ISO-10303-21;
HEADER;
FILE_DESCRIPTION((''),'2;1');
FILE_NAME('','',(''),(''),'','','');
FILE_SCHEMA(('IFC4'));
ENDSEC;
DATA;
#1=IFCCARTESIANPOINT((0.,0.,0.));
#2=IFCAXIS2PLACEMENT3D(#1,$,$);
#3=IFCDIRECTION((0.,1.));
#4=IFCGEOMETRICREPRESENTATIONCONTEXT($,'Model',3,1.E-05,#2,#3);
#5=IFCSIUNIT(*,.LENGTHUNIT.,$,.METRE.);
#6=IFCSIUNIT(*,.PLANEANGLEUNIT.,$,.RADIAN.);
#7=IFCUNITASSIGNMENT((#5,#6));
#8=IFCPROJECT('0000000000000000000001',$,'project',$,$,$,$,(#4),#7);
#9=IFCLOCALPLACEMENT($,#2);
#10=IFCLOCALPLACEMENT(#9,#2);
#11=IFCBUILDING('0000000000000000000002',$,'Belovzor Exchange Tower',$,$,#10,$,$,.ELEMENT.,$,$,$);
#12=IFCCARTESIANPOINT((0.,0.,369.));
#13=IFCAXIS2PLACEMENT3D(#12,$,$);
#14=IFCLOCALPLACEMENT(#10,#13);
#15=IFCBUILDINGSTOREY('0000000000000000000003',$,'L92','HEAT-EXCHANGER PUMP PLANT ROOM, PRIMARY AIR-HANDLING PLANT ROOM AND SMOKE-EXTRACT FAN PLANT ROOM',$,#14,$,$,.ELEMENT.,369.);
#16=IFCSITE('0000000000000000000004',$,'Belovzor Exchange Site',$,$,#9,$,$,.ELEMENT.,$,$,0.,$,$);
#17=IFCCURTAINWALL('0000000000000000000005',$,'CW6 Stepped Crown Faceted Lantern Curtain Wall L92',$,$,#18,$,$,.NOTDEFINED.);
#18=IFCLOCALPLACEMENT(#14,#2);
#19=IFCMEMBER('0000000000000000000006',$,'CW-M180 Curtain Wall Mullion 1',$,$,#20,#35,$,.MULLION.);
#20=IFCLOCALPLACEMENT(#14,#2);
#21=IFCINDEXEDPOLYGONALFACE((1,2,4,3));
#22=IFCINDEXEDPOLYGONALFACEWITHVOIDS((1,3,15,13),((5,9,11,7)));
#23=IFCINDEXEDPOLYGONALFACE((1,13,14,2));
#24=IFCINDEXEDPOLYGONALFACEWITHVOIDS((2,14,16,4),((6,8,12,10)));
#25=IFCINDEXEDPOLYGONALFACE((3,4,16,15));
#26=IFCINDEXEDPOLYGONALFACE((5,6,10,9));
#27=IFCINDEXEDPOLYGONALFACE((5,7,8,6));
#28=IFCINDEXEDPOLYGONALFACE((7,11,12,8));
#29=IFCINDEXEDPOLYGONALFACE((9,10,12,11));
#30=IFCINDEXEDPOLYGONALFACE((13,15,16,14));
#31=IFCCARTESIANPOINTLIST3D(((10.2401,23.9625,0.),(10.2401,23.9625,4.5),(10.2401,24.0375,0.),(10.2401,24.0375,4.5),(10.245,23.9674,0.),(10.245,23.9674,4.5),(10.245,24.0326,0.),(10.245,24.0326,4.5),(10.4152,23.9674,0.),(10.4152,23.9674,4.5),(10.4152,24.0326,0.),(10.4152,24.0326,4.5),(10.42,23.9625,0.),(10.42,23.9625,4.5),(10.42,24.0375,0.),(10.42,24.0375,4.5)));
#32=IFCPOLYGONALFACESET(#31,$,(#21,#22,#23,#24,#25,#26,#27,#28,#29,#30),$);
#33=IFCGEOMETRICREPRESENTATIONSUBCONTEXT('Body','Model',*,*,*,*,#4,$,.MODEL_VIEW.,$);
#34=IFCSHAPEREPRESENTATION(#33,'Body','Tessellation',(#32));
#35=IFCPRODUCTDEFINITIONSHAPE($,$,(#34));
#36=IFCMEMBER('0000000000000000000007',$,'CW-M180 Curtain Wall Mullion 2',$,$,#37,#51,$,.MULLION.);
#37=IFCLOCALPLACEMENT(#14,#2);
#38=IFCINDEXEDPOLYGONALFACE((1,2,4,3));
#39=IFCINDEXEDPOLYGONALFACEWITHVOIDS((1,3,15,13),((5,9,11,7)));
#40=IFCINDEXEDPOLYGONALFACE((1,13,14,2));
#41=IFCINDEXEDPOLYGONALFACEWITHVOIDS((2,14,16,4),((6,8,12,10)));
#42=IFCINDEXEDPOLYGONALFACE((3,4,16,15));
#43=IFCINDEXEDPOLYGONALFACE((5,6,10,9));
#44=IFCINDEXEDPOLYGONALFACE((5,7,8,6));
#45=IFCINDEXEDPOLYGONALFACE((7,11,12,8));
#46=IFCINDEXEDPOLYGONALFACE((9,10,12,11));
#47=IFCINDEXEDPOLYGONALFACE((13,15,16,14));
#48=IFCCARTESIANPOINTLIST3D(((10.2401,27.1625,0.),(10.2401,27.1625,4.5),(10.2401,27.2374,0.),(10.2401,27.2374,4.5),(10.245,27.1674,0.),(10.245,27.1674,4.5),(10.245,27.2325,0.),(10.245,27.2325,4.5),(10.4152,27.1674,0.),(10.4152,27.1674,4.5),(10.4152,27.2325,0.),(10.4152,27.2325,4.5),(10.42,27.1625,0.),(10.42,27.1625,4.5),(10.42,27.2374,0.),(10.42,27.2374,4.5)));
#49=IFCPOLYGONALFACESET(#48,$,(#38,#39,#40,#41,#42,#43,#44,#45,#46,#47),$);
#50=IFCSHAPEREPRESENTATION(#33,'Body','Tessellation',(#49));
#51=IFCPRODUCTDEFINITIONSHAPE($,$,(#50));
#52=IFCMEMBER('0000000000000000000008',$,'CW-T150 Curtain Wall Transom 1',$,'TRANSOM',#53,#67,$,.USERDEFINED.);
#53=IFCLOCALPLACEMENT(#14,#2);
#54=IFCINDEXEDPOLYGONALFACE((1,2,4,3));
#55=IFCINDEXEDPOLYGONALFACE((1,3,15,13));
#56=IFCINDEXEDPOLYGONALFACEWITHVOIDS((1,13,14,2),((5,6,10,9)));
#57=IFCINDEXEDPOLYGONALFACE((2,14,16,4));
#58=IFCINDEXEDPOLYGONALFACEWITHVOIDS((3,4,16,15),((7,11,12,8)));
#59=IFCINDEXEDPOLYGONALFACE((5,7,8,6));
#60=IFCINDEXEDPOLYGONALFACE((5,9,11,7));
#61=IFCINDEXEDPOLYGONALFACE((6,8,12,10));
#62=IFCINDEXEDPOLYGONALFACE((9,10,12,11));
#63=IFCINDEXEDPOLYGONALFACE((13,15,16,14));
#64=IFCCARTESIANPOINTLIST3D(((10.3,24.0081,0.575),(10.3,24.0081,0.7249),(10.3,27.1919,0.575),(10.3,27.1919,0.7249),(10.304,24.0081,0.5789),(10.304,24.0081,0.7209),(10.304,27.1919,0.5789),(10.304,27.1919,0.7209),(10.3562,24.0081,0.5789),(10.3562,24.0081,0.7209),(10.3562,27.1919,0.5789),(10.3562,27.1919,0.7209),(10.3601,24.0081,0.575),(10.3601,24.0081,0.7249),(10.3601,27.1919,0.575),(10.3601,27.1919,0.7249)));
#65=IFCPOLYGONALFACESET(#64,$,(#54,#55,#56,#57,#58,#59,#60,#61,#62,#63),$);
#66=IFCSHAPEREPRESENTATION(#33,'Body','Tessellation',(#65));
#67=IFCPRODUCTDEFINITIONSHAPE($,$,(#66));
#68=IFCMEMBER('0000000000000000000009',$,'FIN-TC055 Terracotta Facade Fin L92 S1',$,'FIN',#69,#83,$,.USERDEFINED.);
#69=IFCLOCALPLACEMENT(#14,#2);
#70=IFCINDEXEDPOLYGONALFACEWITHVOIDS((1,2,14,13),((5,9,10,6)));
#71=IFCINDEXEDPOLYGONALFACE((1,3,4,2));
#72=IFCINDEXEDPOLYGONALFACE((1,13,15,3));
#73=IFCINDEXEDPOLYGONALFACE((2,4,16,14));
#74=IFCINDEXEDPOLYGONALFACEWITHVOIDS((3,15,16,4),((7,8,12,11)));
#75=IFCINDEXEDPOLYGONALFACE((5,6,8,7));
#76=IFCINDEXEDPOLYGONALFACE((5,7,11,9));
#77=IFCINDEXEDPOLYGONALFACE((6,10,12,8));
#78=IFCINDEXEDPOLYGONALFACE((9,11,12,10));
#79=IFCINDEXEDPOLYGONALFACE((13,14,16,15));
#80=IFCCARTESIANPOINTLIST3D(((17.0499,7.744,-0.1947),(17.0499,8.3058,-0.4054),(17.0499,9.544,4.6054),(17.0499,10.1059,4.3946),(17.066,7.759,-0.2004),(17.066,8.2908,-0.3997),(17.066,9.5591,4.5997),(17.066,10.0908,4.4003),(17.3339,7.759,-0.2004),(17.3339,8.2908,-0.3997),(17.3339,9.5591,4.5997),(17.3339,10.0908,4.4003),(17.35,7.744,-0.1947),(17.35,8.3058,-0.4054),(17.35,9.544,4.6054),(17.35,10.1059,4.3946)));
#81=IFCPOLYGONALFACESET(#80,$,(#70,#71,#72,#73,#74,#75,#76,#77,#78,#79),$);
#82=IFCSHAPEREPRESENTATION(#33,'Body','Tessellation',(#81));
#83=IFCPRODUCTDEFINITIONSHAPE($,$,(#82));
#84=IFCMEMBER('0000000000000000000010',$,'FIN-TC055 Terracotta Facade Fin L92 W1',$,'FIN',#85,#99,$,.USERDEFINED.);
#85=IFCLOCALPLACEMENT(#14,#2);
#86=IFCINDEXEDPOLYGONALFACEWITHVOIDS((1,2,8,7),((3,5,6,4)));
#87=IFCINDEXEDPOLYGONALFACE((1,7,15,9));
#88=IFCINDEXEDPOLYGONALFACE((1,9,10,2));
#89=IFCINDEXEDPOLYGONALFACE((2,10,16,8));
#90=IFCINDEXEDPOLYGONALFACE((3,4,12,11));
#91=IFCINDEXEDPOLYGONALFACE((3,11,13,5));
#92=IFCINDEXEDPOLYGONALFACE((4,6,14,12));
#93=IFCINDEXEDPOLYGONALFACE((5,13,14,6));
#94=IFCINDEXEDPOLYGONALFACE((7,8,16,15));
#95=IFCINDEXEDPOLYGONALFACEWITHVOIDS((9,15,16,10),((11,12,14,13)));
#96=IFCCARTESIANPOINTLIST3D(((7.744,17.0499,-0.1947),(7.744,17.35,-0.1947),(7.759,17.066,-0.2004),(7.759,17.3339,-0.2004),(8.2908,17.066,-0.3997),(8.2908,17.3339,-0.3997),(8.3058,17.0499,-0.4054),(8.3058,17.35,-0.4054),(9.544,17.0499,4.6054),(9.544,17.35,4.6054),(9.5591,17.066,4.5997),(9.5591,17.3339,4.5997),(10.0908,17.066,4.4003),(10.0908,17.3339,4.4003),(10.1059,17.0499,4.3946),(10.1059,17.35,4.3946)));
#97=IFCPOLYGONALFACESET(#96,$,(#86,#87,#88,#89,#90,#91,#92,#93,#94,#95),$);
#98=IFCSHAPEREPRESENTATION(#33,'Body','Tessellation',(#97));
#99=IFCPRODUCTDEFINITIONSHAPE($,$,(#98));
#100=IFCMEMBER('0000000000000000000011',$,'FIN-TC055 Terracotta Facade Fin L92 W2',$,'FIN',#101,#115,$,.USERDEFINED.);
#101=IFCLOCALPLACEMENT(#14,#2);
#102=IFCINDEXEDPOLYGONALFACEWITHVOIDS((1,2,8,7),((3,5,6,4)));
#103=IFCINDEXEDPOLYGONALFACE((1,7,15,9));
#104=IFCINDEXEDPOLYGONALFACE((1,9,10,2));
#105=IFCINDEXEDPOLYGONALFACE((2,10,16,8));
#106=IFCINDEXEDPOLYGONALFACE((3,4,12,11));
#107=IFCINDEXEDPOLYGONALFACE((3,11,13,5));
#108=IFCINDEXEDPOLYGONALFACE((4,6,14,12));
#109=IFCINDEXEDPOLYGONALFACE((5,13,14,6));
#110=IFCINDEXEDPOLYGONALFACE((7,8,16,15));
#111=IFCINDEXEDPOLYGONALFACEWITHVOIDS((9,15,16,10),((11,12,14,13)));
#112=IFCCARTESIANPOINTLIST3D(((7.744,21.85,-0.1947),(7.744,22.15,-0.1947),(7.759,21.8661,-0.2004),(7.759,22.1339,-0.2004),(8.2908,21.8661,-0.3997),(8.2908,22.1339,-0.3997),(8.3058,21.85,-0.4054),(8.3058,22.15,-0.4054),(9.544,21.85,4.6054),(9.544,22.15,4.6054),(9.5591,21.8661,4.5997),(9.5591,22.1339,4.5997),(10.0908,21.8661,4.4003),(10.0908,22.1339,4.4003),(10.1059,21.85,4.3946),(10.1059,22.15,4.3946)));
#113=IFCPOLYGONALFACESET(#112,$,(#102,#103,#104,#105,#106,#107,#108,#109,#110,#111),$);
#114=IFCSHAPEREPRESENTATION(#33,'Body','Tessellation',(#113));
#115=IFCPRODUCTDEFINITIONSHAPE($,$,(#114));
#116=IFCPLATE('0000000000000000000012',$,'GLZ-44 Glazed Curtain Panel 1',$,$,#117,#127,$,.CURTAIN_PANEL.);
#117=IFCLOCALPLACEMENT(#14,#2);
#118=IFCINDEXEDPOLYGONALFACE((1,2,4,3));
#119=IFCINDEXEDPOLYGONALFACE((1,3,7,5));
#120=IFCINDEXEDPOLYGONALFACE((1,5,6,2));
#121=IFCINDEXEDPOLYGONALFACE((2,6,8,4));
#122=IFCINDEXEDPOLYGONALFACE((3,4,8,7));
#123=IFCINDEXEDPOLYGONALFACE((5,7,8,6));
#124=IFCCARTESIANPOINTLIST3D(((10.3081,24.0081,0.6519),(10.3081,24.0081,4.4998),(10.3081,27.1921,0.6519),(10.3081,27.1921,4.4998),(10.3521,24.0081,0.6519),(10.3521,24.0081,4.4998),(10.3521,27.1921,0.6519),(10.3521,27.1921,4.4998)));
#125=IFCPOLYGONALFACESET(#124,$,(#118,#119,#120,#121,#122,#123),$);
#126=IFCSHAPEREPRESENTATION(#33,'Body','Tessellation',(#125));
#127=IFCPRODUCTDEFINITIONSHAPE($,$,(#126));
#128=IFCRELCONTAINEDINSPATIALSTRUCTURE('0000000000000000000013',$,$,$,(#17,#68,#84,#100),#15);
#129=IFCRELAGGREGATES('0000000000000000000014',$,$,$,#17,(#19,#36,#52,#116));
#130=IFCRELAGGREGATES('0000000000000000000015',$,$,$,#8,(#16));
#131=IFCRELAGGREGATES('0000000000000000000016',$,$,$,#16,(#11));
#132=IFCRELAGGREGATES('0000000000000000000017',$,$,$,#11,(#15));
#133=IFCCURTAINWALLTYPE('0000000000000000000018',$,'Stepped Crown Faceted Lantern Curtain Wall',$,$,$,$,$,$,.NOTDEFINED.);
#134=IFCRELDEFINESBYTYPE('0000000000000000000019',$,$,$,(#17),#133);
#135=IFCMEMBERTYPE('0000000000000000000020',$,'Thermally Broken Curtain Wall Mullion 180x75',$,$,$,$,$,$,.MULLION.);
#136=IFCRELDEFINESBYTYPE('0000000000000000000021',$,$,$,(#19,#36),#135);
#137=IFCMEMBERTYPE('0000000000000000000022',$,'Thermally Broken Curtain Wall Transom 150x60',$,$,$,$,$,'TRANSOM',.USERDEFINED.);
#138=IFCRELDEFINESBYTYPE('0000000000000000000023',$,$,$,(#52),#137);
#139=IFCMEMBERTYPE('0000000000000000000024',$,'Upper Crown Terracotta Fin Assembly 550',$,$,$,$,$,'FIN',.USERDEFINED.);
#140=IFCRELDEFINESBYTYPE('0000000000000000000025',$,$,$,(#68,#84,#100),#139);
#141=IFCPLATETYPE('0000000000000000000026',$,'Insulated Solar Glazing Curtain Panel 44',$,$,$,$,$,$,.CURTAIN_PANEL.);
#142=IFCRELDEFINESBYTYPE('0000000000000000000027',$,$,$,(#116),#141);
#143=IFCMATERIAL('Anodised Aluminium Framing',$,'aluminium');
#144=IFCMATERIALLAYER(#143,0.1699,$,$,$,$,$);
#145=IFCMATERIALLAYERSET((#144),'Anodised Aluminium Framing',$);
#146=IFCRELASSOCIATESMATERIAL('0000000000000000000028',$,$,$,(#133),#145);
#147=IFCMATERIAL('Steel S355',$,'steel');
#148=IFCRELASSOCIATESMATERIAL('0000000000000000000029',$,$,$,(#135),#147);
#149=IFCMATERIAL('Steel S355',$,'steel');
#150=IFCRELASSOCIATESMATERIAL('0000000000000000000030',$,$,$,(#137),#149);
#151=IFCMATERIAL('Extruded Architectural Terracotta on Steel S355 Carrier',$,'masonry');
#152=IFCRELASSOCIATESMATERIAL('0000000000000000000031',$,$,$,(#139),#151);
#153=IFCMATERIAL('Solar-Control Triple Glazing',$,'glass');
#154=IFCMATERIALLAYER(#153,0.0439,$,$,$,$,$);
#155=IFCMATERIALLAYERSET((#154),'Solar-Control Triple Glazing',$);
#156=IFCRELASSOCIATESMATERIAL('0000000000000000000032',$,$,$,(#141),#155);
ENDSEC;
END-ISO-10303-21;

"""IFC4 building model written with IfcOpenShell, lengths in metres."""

from ifc_helpers import new_model, si_unit, direction, frame, origin, origin_2d, place, context, subcontext, project, spatial, rectangle, hollow_rectangle, extrude, material, layer, layer_set, material_profile, profile_set, type_object, element, aggregate, save


model = new_model("IFC4")

# Units and contexts
model_context = context("Model", 3, precision=1e-05, world=origin(), true_north=direction((0.0, 1.0)))
body_context = subcontext(model_context, "Body", "Model", "MODEL_VIEW")
ifc_project = project(units=[si_unit("LENGTHUNIT", "METRE"), si_unit("PLANEANGLEUNIT", "RADIAN")], contexts=[model_context])

# Site, building, storey
site_placement = place(None, origin())
site = spatial("IfcSite", under=ifc_project, at=site_placement, Name="Belovzor Exchange Site", CompositionType="ELEMENT", RefElevation=0.0)
building_placement = place(site_placement, origin())
building = spatial("IfcBuilding", under=site, at=building_placement, Name="Belovzor Exchange Tower", CompositionType="ELEMENT")
storey_placement = place(building_placement, frame((0.0, 0.0, 369.0)))
storey = spatial("IfcBuildingStorey", under=building, at=storey_placement, Name="L92", Description="HEAT-EXCHANGER PUMP PLANT ROOM, PRIMARY AIR-HANDLING PLANT ROOM AND SMOKE-EXTRACT FAN PLANT ROOM", CompositionType="ELEMENT", Elevation=369.0)

# Curtain wall, members
ifc_material_1 = material(Name="Anodised Aluminium Framing", Category="aluminium")
ifc_layer_1 = layer(ifc_material_1, 0.1699)
ifc_layer_set_1 = layer_set([ifc_layer_1], Name="Anodised Aluminium Framing")
curtain_wall_type = type_object("IfcCurtainWallType", Name="Stepped Crown Faceted Lantern Curtain Wall", PredefinedType="NOTDEFINED", material=ifc_layer_set_1)
curtain_wall_placement = place(storey_placement, origin())
curtain_wall = element("IfcCurtainWall", 1, at=curtain_wall_placement, inside=storey, type_object=curtain_wall_type, Name="CW6 Stepped Crown Faceted Lantern Curtain Wall L92", PredefinedType="NOTDEFINED")
ifc_material_2 = material(Name="Steel S355", Category="steel")
ifc_material_profile_1 = material_profile(ifc_material_2, hollow_rectangle(XDim=0.075, YDim=0.1799, WallThickness=0.0049, at=origin_2d()))
ifc_profile_set_1 = profile_set([ifc_material_profile_1], Name="Steel S355")
member_type_1 = type_object("IfcMemberType", Name="Thermally Broken Curtain Wall Mullion 180x75", PredefinedType="MULLION", material=ifc_profile_set_1)
member_1_placement = place(storey_placement, frame((10.3301, 24.0, 0.0), z_axis=(0.0, 0.0, 1.0), x_axis=(0.0, 1.0, 0.0)))
member_1 = element("IfcMember", 2, at=member_1_placement, type_object=member_type_1, Name="CW-M180 Curtain Wall Mullion 1", PredefinedType="MULLION", context=body_context, shape_type="SweptSolid", body=[
    extrude(hollow_rectangle(XDim=0.075, YDim=0.1799, WallThickness=0.0049, at=origin_2d()), origin(), (0.0, 0.0, 1.0), 4.5),
])
member_2_placement = place(storey_placement, frame((10.3301, 27.2, 0.0), z_axis=(0.0, 0.0, 1.0), x_axis=(0.0, 1.0, 0.0)))
member_2 = element("IfcMember", 3, at=member_2_placement, type_object=member_type_1, Name="CW-M180 Curtain Wall Mullion 2", PredefinedType="MULLION", context=body_context, shape_type="SweptSolid", body=[
    extrude(hollow_rectangle(XDim=0.075, YDim=0.1799, WallThickness=0.0049, at=origin_2d()), origin(), (0.0, 0.0, 1.0), 4.5),
])
ifc_material_3 = material(Name="Steel S355", Category="steel")
ifc_material_profile_2 = material_profile(ifc_material_3, hollow_rectangle(XDim=0.0601, YDim=0.1499, WallThickness=0.0039, at=origin_2d()))
ifc_profile_set_2 = profile_set([ifc_material_profile_2], Name="Steel S355")
member_type_2 = type_object("IfcMemberType", Name="Thermally Broken Curtain Wall Transom 150x60", ElementType="TRANSOM", PredefinedType="USERDEFINED", material=ifc_profile_set_2)
member_3_placement = place(storey_placement, frame((10.3301, 24.0081, 0.6499), z_axis=(0.0, 1.0, 0.0), x_axis=(-1.0, 0.0, 0.0)))
member_3 = element("IfcMember", 4, at=member_3_placement, type_object=member_type_2, Name="CW-T150 Curtain Wall Transom 1", ObjectType="TRANSOM", PredefinedType="USERDEFINED", context=body_context, shape_type="SweptSolid", body=[
    extrude(hollow_rectangle(XDim=0.0601, YDim=0.1499, WallThickness=0.0039, at=origin_2d()), origin(), (0.0, 0.0, 1.0), 3.1838),
])

# Members
ifc_material_4 = material(Name="Extruded Architectural Terracotta on Steel S355 Carrier", Category="masonry")
ifc_material_profile_3 = material_profile(ifc_material_4, hollow_rectangle(XDim=0.3, YDim=0.6001, WallThickness=0.0161, at=origin_2d()))
ifc_profile_set_3 = profile_set([ifc_material_profile_3], Name="Extruded Architectural Terracotta on Steel S355 Carrier")
member_type_3 = type_object("IfcMemberType", Name="Upper Crown Terracotta Fin Assembly 550", ElementType="FIN", PredefinedType="USERDEFINED", material=ifc_profile_set_3)
for number, where, z_axis, x_axis, name in (
    (5, (17.2, 8.0249, -0.3), (0.0, 0.351129, 0.936327), (-1.0, 0.0, 0.0), "FIN-TC055 Terracotta Facade Fin L92 S1"),
    (6, (8.0249, 17.2, -0.3), (0.351129, 0.0, 0.936327), (0.0, 1.0, 0.0), "FIN-TC055 Terracotta Facade Fin L92 W1"),
    (7, (8.0249, 22.0, -0.3), (0.351129, 0.0, 0.936327), (0.0, 1.0, 0.0), "FIN-TC055 Terracotta Facade Fin L92 W2"),
):
    element("IfcMember", number, at=place(storey_placement, frame(where, z_axis=z_axis, x_axis=x_axis)), inside=storey, type_object=member_type_3, Name=name, ObjectType="FIN", PredefinedType="USERDEFINED", context=body_context, shape_type="SweptSolid", body=[
        extrude(hollow_rectangle(XDim=0.3, YDim=0.6001, WallThickness=0.0161, at=origin_2d()), origin(), (0.0, 0.0, 1.0), 5.1265),
    ])

# Plate
ifc_material_5 = material(Name="Solar-Control Triple Glazing", Category="glass")
ifc_layer_2 = layer(ifc_material_5, 0.0439)
ifc_layer_set_2 = layer_set([ifc_layer_2], Name="Solar-Control Triple Glazing")
plate_type_1 = type_object("IfcPlateType", Name="Insulated Solar Glazing Curtain Panel 44", PredefinedType="CURTAIN_PANEL", material=ifc_layer_set_2)
plate_1_placement = place(storey_placement, frame((10.3301, 25.6001, 0.6519), z_axis=(0.0, 0.0, 1.0), x_axis=(0.0, 1.0, 0.0)))
plate_1 = element("IfcPlate", 8, at=plate_1_placement, type_object=plate_type_1, Name="GLZ-44 Glazed Curtain Panel 1", PredefinedType="CURTAIN_PANEL", context=body_context, shape_type="SweptSolid", body=[
    extrude(rectangle(XDim=3.1841, YDim=0.0439, at=origin_2d()), origin(), (0.0, 0.0, 1.0), 3.8479),
])

aggregate(curtain_wall, [member_1, member_2, member_3, plate_1])

save(model, "model.ifc")
